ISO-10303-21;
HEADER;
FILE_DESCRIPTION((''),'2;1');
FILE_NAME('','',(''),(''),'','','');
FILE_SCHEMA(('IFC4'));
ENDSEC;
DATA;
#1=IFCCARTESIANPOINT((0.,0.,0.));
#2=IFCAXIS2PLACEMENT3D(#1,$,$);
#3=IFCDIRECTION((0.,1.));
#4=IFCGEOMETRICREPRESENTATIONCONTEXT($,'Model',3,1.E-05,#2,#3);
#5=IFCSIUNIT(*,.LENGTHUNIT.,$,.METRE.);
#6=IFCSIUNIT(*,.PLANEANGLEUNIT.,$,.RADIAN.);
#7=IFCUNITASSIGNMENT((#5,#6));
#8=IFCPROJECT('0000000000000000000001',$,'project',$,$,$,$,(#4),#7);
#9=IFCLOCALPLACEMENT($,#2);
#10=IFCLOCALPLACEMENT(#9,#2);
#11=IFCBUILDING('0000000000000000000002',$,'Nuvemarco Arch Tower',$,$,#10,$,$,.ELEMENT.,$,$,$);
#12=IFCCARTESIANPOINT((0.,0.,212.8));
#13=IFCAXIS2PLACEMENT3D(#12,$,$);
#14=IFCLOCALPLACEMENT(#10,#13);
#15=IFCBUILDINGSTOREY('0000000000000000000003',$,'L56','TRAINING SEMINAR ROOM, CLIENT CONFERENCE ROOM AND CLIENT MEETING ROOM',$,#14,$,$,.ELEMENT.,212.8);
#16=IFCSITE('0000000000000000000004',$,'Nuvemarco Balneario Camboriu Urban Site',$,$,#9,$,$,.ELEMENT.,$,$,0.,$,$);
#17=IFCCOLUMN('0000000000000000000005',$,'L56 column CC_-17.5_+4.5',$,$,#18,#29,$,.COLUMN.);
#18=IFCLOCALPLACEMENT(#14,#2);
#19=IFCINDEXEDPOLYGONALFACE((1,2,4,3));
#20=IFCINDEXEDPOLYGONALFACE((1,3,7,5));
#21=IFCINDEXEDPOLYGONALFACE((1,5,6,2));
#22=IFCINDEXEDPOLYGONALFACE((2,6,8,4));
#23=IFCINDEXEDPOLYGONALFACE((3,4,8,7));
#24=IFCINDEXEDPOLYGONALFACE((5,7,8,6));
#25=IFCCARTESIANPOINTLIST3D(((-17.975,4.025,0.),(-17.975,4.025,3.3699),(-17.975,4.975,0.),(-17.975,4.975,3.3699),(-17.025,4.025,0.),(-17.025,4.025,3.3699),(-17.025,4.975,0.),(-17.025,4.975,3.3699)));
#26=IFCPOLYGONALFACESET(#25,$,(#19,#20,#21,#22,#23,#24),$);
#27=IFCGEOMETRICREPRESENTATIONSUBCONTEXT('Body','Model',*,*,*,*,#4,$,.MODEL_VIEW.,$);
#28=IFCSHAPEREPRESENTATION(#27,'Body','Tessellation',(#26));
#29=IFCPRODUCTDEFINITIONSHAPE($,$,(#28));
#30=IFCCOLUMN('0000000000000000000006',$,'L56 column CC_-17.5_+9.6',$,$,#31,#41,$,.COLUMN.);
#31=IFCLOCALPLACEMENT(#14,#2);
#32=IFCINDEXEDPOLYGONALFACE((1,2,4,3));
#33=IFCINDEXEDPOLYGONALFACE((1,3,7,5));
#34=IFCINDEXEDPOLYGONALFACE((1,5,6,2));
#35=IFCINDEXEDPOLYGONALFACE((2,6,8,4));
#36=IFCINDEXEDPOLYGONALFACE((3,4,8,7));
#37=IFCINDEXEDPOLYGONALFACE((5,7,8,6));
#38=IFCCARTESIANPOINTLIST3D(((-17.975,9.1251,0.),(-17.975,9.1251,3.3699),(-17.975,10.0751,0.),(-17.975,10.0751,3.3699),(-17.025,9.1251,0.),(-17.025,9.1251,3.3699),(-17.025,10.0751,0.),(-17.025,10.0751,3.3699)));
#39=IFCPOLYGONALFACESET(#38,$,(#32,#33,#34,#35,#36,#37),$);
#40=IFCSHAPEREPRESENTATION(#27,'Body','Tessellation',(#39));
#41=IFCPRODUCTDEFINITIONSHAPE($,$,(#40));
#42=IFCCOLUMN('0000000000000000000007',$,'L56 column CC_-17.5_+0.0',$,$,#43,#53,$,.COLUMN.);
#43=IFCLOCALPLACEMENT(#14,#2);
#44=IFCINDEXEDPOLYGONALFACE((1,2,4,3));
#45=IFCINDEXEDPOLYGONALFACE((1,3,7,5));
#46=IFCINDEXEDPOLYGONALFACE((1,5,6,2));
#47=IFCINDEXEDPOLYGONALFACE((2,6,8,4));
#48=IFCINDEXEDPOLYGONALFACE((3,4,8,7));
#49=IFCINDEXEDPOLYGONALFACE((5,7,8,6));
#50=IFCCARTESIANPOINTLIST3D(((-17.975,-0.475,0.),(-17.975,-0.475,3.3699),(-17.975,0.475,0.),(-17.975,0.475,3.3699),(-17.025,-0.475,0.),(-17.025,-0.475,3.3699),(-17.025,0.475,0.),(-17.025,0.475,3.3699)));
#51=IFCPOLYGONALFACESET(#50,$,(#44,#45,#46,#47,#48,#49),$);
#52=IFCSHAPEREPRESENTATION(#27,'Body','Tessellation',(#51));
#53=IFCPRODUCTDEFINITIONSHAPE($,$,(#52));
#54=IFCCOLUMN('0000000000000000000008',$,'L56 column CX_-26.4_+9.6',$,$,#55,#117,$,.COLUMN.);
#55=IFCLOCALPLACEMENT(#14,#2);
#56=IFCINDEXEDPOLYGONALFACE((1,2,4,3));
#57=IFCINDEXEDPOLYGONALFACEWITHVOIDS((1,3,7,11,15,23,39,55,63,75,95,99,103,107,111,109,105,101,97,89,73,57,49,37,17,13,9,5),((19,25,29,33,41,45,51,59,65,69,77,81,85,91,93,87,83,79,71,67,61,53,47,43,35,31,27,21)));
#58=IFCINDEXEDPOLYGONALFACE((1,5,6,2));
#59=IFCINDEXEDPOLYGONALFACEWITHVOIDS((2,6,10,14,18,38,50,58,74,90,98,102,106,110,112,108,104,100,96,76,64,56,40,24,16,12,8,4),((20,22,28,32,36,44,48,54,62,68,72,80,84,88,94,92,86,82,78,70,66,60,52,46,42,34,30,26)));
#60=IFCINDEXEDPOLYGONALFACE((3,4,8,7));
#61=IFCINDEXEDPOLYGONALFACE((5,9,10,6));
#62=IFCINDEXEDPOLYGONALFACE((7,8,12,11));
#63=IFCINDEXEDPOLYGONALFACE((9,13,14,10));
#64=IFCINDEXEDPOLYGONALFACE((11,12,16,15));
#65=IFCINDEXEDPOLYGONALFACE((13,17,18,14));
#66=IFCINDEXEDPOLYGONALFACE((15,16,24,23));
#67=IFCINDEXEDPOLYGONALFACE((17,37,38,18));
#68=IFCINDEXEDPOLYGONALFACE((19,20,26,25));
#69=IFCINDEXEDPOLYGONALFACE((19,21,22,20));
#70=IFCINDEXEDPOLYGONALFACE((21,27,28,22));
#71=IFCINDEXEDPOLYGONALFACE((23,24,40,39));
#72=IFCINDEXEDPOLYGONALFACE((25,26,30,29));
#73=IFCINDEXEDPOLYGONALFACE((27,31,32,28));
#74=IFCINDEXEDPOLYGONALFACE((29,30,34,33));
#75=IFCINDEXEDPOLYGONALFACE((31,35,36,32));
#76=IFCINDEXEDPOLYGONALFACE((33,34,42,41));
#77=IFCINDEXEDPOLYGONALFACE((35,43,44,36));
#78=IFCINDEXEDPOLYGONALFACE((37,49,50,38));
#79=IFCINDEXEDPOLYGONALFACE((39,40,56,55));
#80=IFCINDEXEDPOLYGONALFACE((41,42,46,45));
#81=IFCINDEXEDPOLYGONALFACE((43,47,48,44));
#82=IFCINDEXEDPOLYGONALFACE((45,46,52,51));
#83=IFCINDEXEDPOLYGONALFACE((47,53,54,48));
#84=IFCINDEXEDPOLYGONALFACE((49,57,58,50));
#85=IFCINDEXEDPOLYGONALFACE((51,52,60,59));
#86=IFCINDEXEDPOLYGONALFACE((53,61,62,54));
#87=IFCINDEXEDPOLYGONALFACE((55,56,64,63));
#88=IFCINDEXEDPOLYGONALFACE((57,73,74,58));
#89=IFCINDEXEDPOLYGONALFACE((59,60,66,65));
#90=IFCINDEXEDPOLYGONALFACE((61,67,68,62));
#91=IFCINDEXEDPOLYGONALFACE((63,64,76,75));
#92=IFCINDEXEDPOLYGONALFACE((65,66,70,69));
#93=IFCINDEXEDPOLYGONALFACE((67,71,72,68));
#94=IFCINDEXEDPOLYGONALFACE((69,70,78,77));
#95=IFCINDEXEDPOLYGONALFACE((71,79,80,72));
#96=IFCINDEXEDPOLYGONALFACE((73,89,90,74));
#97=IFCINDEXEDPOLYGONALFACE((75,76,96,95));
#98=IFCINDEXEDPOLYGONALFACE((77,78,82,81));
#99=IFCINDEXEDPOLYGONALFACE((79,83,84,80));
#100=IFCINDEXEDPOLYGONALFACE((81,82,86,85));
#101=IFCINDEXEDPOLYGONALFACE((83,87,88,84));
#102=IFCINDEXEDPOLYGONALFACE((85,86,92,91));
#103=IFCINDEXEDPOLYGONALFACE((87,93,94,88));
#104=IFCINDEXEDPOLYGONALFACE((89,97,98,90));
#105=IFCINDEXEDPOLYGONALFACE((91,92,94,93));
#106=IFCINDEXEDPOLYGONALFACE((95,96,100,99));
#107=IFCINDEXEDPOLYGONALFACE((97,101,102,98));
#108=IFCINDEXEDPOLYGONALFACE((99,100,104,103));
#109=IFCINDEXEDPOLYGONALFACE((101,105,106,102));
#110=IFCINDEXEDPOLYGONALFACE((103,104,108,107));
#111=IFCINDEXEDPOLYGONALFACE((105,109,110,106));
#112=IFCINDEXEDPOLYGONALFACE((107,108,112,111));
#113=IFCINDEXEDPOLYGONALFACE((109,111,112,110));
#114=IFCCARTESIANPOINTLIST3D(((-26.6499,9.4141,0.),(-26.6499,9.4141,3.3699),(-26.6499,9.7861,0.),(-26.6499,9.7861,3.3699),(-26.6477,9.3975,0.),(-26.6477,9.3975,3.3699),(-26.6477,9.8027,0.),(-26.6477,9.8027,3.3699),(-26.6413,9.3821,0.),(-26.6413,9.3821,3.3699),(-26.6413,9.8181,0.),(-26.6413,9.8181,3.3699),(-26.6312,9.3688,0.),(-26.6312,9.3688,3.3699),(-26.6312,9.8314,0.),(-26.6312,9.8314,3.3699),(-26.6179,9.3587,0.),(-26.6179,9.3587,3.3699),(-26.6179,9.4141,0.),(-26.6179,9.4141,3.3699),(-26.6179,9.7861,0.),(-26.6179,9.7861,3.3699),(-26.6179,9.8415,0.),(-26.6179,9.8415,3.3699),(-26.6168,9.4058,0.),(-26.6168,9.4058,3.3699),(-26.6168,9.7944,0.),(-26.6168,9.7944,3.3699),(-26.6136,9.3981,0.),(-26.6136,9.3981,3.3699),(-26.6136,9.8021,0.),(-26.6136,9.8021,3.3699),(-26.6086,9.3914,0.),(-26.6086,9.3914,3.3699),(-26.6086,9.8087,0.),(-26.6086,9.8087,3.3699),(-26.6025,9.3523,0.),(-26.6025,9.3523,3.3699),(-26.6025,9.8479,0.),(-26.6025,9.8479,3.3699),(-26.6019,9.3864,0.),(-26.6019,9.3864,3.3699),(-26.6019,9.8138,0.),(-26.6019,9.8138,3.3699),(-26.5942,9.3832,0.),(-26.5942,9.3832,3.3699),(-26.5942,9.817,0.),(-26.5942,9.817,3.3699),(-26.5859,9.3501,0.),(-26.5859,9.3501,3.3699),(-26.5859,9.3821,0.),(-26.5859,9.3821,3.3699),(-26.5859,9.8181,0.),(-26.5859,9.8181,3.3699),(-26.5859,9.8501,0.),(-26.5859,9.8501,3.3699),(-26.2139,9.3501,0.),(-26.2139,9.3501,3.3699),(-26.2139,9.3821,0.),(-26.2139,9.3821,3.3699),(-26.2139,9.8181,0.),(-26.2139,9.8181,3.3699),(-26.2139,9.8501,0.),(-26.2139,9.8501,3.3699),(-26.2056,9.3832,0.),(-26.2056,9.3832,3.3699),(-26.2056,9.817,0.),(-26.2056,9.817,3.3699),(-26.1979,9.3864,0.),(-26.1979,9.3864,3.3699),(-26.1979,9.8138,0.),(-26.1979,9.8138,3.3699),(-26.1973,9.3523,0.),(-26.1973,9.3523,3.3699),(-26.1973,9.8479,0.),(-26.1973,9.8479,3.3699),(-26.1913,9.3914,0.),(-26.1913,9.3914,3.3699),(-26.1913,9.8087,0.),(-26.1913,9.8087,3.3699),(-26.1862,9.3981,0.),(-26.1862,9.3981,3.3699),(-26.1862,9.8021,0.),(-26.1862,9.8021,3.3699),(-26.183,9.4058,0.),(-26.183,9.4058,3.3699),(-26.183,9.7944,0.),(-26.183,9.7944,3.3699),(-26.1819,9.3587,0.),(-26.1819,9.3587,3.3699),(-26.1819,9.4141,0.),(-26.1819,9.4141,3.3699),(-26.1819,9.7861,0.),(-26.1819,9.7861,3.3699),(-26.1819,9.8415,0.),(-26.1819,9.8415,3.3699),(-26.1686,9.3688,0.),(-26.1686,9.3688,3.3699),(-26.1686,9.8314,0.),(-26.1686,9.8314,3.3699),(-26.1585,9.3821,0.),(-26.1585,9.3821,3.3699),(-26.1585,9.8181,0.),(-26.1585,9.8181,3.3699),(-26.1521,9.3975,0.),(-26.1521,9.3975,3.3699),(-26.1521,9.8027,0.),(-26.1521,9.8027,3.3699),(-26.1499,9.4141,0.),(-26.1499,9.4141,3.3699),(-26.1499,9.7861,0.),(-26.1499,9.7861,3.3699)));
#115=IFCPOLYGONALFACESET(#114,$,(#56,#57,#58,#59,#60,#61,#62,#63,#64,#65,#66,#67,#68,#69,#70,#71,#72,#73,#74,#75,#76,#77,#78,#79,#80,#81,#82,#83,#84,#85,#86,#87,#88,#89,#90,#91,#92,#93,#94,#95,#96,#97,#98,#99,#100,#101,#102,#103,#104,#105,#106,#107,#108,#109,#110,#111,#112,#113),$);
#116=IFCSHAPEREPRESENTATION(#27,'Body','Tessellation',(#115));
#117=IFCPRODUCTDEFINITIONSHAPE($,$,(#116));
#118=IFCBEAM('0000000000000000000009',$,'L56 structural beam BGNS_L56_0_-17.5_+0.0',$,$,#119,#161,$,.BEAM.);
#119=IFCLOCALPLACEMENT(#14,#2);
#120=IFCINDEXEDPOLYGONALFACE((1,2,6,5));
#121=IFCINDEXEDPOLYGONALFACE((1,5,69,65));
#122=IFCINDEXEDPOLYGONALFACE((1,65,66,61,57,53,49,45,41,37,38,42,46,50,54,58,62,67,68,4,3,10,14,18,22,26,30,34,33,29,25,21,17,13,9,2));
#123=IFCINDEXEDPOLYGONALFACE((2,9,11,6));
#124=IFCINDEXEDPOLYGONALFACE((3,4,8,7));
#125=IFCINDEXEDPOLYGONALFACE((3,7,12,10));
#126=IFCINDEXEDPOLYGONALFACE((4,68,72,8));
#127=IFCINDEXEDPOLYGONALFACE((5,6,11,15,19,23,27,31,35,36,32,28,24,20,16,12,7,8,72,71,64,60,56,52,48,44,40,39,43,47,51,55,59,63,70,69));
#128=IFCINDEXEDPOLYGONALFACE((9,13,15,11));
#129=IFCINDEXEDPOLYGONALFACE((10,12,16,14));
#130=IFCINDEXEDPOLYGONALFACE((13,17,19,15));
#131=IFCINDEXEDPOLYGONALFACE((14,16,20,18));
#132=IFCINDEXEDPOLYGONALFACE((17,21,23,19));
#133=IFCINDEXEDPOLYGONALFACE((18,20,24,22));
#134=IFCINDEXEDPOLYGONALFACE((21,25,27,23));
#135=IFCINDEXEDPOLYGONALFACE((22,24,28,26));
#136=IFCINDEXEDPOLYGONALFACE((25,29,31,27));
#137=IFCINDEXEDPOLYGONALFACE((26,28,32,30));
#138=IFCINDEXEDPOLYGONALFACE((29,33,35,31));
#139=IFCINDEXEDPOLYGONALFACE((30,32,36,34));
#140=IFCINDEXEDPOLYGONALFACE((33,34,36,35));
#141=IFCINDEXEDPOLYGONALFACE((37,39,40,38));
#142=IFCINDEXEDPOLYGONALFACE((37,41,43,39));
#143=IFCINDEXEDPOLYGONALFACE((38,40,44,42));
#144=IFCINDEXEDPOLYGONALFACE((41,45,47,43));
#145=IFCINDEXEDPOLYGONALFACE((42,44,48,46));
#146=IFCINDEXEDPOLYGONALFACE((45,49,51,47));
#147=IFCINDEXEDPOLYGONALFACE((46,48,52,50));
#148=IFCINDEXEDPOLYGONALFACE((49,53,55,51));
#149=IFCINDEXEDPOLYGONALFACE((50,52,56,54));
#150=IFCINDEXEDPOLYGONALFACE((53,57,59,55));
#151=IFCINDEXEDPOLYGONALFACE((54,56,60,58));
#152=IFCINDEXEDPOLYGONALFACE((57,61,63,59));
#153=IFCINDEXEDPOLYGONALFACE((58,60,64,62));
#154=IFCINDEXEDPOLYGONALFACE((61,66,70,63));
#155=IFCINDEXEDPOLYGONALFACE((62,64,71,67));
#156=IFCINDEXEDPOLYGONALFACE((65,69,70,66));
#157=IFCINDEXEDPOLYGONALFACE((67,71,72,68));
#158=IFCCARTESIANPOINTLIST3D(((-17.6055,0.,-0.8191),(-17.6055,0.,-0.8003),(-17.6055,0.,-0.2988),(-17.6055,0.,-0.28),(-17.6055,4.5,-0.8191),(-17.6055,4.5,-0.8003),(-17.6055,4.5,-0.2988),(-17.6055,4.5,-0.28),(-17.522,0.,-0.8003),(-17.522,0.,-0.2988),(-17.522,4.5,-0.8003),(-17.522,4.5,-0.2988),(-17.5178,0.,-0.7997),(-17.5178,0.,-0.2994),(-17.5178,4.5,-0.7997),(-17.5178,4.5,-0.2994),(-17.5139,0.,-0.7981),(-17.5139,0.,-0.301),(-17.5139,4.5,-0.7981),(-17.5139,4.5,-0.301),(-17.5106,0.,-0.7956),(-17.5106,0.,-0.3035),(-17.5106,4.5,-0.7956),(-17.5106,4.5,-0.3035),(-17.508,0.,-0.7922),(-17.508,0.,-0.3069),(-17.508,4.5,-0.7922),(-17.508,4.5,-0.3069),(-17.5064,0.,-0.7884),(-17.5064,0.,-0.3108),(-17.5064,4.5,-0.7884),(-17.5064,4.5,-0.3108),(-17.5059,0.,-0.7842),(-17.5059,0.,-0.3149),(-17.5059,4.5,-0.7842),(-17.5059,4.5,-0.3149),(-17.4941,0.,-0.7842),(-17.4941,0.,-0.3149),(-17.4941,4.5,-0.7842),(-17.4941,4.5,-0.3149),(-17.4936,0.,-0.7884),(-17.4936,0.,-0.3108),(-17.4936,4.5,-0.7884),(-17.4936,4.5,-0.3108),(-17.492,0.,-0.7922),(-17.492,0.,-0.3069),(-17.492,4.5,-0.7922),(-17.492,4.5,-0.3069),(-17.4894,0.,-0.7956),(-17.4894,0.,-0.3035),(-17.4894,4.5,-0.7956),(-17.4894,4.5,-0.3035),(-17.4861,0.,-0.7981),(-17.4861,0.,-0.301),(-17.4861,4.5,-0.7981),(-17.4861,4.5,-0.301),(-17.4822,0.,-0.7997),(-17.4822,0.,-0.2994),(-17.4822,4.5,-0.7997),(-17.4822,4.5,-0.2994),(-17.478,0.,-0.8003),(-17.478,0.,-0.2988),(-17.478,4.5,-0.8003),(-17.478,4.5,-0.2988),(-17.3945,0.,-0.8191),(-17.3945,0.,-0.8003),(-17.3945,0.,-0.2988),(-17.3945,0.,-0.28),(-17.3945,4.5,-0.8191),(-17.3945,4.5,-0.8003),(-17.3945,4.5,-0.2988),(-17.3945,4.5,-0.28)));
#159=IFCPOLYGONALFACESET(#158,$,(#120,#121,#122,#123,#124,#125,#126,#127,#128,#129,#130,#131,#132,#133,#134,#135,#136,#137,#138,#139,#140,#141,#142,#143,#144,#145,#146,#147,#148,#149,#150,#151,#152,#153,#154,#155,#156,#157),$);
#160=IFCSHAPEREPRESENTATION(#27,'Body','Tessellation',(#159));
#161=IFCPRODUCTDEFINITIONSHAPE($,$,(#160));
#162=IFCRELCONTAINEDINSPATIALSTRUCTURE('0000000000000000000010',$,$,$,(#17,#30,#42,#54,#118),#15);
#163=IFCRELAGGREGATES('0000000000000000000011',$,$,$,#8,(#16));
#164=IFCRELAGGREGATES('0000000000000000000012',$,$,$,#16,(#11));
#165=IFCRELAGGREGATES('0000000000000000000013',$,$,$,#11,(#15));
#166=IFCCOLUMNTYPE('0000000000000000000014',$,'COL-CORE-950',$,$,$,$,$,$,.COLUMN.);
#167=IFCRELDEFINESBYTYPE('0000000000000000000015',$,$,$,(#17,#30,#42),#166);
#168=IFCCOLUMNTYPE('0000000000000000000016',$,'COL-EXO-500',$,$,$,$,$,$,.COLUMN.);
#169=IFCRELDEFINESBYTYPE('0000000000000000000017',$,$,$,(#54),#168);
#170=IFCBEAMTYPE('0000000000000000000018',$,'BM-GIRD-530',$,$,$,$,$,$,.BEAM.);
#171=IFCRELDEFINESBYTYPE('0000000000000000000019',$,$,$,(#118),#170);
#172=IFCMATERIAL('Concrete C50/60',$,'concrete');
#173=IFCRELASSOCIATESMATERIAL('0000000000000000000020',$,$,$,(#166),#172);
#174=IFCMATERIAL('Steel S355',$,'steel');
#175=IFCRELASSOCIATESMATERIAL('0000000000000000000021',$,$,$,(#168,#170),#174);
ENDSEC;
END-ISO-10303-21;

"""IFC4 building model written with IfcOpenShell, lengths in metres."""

from ifc_helpers import new_model, si_unit, direction, frame, origin, origin_2d, place, context, subcontext, project, spatial, rectangle, hollow_rectangle, i_section, extrude, material, material_profile, profile_set, type_object, element, save


model = new_model("IFC4")

# Units and contexts
model_context = context("Model", 3, precision=1e-05, world=origin(), true_north=direction((0.0, 1.0)))
body_context = subcontext(model_context, "Body", "Model", "MODEL_VIEW")
ifc_project = project(units=[si_unit("LENGTHUNIT", "METRE"), si_unit("PLANEANGLEUNIT", "RADIAN")], contexts=[model_context])

# Site, building, storey
site_placement = place(None, origin())
site = spatial("IfcSite", under=ifc_project, at=site_placement, Name="Nuvemarco Balneario Camboriu Urban Site", CompositionType="ELEMENT", RefElevation=0.0)
building_placement = place(site_placement, origin())
building = spatial("IfcBuilding", under=site, at=building_placement, Name="Nuvemarco Arch Tower", CompositionType="ELEMENT")
storey_placement = place(building_placement, frame((0.0, 0.0, 212.8)))
storey = spatial("IfcBuildingStorey", under=building, at=storey_placement, Name="L56", Description="TRAINING SEMINAR ROOM, CLIENT CONFERENCE ROOM AND CLIENT MEETING ROOM", CompositionType="ELEMENT", Elevation=212.8)

# Columns
ifc_material_1 = material(Name="Concrete C50/60", Category="concrete")
ifc_material_profile_1 = material_profile(ifc_material_1, rectangle(XDim=0.95, YDim=0.95, at=origin_2d()), Name="RC-COL-950x950")
ifc_profile_set_1 = profile_set([ifc_material_profile_1], Name="Concrete C50/60")
column_type_1 = type_object("IfcColumnType", Name="COL-CORE-950", PredefinedType="COLUMN", material=ifc_profile_set_1)
for number, where, z_axis, x_axis, name in (
    (1, (-17.5, 4.5, 0.0), (0.0, 0.0, 1.0), (1.0, 0.0, 0.0), "L56 column CC_-17.5_+4.5"),
    (2, (-17.5, 9.6001, 0.0), (0.0, 0.0, 1.0), (1.0, 0.0, 0.0), "L56 column CC_-17.5_+9.6"),
    (3, (-17.5, 0.0, 0.0), (0.0, 0.0, 1.0), (1.0, 0.0, 0.0), "L56 column CC_-17.5_+0.0"),
):
    element("IfcColumn", number, at=place(storey_placement, frame(where, z_axis=z_axis, x_axis=x_axis)), inside=storey, type_object=column_type_1, Name=name, PredefinedType="COLUMN", context=body_context, shape_type="SweptSolid", body=[
        extrude(rectangle(XDim=0.95, YDim=0.95, at=origin_2d()), origin(), (0.0, 0.0, 1.0), 3.3699),
    ])
ifc_material_2 = material(Name="Steel S355", Category="steel")
ifc_material_profile_2 = material_profile(ifc_material_2, hollow_rectangle(XDim=0.5, YDim=0.5, WallThickness=0.032, InnerFilletRadius=0.032, OuterFilletRadius=0.064, at=origin_2d()), Name="SHS500x500x32")
ifc_profile_set_2 = profile_set([ifc_material_profile_2], Name="Steel S355")
column_type_2 = type_object("IfcColumnType", Name="COL-EXO-500", PredefinedType="COLUMN", material=ifc_profile_set_2)
column_placement = place(storey_placement, frame((-26.3999, 9.6001, 0.0), z_axis=(0.0, 0.0, 1.0), x_axis=(1.0, 0.0, 0.0)))
element("IfcColumn", 4, at=column_placement, inside=storey, type_object=column_type_2, Name="L56 column CX_-26.4_+9.6", PredefinedType="COLUMN", context=body_context, shape_type="SweptSolid", body=[
    extrude(hollow_rectangle(XDim=0.5, YDim=0.5, WallThickness=0.032, InnerFilletRadius=0.032, OuterFilletRadius=0.064, at=origin_2d()), origin(), (0.0, 0.0, 1.0), 3.3699),
])

# Beam
ifc_material_profile_3 = material_profile(ifc_material_2, i_section(OverallWidth=0.2109, OverallDepth=0.5391, WebThickness=0.0117, FlangeThickness=0.0188, FilletRadius=0.0161, at=origin_2d()), Name="W530x109")
ifc_profile_set_3 = profile_set([ifc_material_profile_3], Name="Steel S355")
beam_type_1 = type_object("IfcBeamType", Name="BM-GIRD-530", PredefinedType="BEAM", material=ifc_profile_set_3)
beam_1_placement = place(storey_placement, frame((-17.5, 0.0, -0.5496), z_axis=(0.0, 1.0, 0.0), x_axis=(-1.0, 0.0, 0.0)))
element("IfcBeam", 5, at=beam_1_placement, inside=storey, type_object=beam_type_1, Name="L56 structural beam BGNS_L56_0_-17.5_+0.0", PredefinedType="BEAM", context=body_context, shape_type="SweptSolid", body=[
    extrude(i_section(OverallWidth=0.2109, OverallDepth=0.5391, WebThickness=0.0117, FlangeThickness=0.0188, FilletRadius=0.0161, at=origin_2d()), origin(), (0.0, 0.0, 1.0), 4.5),
])

save(model, "model.ifc")
